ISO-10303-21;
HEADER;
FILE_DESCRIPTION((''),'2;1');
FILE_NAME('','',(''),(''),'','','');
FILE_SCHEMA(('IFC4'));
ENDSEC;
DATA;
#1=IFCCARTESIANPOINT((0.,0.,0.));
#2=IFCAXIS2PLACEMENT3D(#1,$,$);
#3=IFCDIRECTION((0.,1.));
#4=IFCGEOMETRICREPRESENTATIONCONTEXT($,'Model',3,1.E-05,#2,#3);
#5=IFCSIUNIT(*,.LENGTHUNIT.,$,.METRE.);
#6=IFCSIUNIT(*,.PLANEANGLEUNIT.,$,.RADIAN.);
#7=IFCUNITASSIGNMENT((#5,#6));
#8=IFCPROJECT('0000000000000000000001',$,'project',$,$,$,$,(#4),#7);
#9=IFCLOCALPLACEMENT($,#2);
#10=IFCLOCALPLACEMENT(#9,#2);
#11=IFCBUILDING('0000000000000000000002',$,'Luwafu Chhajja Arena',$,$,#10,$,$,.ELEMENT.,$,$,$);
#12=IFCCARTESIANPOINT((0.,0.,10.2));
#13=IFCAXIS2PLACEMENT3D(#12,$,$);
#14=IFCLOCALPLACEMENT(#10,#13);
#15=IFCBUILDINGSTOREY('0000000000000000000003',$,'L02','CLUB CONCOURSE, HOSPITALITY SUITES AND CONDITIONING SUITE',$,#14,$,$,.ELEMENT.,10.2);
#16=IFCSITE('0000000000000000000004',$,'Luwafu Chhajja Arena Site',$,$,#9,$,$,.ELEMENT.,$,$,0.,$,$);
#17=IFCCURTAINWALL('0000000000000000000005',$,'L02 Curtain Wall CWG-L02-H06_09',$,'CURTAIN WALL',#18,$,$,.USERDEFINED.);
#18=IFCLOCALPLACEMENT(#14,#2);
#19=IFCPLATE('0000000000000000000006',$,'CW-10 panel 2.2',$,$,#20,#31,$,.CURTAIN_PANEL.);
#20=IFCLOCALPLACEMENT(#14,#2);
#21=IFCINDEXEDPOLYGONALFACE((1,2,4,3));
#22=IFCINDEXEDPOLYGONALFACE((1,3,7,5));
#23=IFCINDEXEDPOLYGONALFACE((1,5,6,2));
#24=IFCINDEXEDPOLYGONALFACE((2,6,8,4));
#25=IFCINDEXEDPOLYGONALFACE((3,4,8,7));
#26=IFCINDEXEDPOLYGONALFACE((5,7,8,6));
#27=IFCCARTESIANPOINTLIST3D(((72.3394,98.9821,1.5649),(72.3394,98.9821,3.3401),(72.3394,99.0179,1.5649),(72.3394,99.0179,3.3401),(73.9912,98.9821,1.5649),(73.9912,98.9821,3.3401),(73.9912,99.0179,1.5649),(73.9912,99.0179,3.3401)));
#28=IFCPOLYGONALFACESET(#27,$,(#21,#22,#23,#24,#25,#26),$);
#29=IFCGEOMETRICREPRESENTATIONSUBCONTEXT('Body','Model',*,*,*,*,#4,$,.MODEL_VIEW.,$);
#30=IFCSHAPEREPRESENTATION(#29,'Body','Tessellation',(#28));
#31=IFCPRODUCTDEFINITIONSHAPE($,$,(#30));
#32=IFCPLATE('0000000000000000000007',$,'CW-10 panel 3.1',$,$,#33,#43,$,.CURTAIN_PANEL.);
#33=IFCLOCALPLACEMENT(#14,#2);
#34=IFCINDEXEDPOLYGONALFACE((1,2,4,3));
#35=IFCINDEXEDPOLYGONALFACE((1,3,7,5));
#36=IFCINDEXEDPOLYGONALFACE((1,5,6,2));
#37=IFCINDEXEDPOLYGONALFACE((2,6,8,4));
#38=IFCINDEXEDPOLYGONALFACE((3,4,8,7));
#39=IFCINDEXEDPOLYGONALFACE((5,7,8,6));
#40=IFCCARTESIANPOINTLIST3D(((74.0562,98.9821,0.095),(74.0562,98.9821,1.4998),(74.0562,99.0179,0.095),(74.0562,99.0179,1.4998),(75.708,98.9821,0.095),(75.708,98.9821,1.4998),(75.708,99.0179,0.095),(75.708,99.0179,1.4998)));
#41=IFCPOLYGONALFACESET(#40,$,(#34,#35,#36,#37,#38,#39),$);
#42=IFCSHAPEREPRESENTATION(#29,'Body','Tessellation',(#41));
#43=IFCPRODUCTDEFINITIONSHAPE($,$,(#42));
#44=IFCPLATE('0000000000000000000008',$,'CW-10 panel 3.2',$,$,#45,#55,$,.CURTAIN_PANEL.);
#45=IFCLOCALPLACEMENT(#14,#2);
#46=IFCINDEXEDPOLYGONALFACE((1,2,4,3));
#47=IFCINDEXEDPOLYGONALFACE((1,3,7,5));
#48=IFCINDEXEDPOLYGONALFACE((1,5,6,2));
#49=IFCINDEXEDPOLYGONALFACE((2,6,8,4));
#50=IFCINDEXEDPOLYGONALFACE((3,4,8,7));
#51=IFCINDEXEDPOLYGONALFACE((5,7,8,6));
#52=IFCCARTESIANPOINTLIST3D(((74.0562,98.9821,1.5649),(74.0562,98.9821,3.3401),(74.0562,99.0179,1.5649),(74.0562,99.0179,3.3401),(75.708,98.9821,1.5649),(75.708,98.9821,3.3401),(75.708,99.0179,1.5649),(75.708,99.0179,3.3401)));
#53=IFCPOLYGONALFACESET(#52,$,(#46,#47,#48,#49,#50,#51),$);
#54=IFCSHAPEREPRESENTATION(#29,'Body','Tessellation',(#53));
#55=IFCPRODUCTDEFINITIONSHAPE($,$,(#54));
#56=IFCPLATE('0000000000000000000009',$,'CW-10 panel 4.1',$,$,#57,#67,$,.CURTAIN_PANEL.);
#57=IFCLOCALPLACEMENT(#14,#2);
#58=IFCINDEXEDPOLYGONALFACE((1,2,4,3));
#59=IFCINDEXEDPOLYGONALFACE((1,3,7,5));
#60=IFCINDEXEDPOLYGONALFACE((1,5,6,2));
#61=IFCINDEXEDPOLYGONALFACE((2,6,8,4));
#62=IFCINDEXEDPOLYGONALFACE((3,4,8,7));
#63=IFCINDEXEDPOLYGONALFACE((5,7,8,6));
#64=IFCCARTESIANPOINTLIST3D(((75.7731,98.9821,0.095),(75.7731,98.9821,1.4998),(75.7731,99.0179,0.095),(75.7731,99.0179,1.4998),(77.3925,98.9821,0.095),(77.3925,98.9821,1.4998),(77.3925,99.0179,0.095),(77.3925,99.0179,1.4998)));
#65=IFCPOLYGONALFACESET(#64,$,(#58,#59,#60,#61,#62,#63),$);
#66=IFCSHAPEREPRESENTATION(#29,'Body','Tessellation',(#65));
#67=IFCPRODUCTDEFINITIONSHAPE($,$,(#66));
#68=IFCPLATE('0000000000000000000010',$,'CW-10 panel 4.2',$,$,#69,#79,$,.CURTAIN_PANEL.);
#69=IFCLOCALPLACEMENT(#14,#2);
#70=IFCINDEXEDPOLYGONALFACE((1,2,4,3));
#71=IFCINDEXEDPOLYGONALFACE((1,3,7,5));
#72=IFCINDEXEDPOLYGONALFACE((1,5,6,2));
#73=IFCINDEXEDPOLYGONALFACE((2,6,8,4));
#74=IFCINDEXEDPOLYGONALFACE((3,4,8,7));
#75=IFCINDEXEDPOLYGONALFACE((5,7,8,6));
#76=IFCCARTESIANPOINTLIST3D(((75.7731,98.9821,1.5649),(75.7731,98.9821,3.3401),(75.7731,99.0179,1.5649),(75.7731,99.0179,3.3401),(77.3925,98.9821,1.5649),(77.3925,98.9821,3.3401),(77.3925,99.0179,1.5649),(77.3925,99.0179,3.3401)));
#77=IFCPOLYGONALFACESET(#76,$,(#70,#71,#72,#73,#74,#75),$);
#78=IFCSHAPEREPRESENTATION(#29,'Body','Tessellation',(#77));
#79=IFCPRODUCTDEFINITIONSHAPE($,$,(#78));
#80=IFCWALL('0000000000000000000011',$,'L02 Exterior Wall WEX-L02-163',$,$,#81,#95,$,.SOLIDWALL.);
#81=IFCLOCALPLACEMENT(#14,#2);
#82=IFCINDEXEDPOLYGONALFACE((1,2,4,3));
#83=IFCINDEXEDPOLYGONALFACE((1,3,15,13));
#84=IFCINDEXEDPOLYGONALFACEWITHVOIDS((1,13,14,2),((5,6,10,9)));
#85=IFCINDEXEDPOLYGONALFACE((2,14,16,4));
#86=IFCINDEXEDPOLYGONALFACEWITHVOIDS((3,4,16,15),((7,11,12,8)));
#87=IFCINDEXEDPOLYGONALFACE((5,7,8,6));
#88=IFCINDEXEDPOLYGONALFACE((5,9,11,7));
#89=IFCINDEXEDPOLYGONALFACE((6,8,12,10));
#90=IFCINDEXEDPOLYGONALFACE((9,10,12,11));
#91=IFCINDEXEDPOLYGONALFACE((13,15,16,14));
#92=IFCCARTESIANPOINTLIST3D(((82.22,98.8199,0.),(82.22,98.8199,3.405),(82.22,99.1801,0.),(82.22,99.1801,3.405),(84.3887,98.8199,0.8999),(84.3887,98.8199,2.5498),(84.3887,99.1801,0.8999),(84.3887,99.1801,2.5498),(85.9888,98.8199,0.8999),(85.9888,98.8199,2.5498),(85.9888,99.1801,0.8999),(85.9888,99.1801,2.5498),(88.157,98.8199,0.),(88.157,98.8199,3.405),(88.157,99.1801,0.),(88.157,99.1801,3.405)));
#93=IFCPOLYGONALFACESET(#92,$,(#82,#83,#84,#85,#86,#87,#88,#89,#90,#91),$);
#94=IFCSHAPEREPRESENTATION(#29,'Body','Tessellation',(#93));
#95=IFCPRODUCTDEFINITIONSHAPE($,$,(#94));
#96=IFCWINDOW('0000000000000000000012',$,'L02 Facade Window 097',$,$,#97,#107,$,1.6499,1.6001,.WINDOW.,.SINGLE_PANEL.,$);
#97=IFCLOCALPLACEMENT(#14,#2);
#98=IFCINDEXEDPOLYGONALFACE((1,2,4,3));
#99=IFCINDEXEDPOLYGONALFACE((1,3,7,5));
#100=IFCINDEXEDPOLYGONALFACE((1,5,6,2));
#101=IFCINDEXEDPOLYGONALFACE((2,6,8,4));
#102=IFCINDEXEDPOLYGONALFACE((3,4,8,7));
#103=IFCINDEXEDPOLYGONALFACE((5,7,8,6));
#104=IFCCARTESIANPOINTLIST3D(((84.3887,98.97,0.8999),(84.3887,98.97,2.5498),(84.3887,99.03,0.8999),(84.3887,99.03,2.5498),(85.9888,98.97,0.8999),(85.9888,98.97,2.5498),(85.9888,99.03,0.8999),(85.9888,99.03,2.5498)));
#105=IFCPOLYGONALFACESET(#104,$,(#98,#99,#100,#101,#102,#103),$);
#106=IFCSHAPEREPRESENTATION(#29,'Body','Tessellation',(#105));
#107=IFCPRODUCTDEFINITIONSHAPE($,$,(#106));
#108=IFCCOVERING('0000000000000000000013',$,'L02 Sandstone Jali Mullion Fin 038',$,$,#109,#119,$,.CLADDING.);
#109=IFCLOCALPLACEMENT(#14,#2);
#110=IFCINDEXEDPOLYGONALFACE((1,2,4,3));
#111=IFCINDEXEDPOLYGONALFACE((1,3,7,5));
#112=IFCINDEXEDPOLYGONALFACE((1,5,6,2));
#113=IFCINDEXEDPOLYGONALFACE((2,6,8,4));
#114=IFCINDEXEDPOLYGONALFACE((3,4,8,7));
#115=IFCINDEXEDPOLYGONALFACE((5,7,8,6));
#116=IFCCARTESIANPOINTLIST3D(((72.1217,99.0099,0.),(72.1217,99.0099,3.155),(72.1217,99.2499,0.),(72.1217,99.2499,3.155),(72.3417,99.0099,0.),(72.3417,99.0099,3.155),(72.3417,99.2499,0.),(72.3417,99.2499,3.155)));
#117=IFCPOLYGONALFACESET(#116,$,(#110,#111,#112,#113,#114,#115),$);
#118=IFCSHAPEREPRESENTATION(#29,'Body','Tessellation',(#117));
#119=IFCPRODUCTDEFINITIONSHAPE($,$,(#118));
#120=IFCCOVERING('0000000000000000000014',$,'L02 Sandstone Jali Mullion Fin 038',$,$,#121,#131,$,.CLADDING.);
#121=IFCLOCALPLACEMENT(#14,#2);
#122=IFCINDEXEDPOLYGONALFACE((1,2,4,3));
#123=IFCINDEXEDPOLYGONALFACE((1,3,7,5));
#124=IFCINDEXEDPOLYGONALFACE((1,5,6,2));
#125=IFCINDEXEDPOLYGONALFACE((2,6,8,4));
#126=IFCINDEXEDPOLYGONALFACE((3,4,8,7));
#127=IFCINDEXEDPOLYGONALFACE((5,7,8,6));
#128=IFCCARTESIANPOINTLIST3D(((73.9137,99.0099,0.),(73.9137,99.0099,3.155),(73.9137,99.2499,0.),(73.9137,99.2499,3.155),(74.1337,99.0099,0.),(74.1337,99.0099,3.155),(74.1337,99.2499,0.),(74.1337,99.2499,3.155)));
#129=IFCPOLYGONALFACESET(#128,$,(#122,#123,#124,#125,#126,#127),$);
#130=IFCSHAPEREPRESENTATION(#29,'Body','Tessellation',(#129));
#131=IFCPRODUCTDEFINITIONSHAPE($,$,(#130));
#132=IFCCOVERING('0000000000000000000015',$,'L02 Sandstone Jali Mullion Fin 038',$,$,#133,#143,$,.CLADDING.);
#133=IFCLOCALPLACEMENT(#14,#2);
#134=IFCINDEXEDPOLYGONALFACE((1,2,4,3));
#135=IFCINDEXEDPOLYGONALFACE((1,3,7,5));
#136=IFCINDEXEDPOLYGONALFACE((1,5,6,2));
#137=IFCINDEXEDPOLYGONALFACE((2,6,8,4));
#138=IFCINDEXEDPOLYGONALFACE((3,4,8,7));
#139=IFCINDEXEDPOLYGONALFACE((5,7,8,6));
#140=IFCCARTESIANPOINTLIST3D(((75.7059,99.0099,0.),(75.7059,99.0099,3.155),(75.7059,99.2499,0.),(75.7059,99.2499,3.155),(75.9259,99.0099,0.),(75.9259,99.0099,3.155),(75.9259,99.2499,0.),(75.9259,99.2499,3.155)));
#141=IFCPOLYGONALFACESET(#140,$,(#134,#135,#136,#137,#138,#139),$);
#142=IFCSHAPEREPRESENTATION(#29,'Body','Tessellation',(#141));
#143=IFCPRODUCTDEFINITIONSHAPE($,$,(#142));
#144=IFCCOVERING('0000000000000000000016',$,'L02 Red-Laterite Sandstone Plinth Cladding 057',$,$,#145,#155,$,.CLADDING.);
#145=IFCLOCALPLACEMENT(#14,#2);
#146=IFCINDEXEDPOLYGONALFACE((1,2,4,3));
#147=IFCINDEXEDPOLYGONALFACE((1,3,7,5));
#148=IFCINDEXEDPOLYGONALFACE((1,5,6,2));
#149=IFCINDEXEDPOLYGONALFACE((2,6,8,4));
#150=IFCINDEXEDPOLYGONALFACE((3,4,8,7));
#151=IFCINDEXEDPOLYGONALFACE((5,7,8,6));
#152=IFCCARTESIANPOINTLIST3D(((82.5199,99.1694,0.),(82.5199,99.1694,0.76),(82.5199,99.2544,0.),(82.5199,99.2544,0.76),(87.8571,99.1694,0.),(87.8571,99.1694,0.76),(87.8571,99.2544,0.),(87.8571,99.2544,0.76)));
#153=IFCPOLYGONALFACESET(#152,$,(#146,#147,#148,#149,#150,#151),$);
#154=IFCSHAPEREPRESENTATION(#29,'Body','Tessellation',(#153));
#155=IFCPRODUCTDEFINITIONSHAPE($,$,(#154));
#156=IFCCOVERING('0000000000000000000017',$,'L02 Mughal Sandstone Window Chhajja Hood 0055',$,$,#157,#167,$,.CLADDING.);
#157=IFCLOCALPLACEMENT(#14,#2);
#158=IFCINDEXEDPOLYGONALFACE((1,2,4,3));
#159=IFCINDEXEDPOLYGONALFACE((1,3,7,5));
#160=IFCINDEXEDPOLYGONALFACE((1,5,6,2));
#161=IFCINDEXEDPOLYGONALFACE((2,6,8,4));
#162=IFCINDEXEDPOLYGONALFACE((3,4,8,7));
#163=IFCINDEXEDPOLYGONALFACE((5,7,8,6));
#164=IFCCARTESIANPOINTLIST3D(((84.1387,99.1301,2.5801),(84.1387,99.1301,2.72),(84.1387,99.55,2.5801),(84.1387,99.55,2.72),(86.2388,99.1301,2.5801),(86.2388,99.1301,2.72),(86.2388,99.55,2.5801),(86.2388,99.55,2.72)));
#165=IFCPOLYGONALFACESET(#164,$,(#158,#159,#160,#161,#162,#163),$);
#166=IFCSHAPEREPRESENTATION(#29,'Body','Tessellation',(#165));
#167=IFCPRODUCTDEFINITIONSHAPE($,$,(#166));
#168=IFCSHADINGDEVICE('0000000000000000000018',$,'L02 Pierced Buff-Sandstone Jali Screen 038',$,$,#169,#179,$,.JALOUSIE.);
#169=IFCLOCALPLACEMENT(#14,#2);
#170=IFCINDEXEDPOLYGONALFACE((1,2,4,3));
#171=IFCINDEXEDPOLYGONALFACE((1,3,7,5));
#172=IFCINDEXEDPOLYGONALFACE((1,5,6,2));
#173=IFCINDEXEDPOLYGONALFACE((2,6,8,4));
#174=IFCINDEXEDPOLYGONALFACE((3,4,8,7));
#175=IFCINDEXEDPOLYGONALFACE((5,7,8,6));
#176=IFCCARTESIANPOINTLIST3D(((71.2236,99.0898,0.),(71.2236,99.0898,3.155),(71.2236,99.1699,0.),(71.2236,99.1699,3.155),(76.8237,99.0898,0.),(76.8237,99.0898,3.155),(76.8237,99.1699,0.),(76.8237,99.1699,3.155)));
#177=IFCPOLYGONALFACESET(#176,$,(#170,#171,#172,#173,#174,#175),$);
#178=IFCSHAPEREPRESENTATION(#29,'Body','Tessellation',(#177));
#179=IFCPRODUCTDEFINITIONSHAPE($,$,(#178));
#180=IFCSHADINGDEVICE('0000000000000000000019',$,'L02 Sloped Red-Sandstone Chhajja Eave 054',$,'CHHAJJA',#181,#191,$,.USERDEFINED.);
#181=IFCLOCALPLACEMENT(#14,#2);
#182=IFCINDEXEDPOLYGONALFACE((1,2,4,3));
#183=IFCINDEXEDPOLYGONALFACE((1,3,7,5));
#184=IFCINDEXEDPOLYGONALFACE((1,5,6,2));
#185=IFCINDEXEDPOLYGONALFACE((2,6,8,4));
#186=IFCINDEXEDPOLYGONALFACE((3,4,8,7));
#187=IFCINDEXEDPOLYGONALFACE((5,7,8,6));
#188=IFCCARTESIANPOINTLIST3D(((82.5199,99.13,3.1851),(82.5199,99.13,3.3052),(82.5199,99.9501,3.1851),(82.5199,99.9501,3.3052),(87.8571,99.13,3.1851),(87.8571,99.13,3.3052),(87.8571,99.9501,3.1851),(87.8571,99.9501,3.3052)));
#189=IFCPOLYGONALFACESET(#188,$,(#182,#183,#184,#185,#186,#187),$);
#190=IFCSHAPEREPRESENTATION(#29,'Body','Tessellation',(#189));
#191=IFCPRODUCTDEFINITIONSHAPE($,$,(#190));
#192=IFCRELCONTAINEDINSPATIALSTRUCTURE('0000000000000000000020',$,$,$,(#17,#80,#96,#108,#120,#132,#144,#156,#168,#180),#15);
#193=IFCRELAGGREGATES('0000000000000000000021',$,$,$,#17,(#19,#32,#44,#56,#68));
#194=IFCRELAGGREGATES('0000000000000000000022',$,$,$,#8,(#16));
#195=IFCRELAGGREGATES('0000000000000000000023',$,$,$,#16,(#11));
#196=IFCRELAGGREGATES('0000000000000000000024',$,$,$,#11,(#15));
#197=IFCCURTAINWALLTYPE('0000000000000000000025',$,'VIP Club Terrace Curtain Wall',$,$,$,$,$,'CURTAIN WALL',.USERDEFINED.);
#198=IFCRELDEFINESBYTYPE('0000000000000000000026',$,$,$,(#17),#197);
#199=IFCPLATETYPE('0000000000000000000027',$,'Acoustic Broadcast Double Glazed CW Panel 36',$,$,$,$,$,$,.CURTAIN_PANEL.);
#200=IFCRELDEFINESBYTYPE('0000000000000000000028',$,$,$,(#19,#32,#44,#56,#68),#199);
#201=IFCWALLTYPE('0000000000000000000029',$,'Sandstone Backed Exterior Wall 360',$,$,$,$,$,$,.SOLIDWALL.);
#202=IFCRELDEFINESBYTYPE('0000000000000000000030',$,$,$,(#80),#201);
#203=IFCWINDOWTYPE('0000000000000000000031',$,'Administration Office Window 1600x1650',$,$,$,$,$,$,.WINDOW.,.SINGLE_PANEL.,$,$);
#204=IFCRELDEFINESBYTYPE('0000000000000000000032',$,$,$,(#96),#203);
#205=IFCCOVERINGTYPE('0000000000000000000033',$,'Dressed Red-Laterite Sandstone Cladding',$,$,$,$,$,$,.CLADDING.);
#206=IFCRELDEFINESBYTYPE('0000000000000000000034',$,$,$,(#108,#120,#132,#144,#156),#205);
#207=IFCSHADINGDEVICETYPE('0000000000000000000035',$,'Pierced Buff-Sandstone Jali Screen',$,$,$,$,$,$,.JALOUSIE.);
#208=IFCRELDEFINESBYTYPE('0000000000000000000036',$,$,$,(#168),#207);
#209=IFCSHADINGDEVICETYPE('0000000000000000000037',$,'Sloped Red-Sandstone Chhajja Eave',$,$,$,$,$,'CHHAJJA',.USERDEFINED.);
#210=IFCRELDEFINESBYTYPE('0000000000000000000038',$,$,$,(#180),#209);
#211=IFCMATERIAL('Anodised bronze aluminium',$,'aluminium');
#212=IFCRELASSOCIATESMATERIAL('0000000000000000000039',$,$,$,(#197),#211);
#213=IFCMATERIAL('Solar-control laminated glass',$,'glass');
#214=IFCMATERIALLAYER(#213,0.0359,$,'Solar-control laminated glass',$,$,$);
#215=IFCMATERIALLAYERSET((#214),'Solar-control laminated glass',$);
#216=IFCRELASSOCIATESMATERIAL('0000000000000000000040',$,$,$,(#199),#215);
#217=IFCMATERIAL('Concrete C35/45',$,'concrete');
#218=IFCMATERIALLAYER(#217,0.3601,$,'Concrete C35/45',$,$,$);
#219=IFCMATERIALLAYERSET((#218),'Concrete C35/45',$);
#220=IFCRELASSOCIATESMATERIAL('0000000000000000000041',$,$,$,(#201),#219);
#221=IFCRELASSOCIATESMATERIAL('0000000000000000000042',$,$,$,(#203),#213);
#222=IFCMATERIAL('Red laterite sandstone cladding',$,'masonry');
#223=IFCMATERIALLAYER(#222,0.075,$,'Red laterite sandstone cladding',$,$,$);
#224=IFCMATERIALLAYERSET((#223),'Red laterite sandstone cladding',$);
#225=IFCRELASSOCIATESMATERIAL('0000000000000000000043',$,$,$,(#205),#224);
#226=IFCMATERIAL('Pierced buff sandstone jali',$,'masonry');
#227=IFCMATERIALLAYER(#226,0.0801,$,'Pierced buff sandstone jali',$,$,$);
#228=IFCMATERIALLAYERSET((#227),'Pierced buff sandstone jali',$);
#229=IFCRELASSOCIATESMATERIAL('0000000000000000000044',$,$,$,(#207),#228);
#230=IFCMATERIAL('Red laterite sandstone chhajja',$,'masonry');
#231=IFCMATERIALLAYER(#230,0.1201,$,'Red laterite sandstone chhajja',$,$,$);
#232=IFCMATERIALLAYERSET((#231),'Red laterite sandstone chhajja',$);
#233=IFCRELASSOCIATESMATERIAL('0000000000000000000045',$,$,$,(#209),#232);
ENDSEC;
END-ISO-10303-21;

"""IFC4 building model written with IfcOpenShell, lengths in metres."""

from ifc_helpers import new_model, si_unit, direction, frame, frame_2d, origin, origin_2d, place, context, subcontext, project, spatial, rectangle, extrude, material, layer, layer_set, type_object, element, fill, aggregate, save


model = new_model("IFC4")

# Units and contexts
model_context = context("Model", 3, precision=1e-05, world=origin(), true_north=direction((0.0, 1.0)))
body_context = subcontext(model_context, "Body", "Model", "MODEL_VIEW")
ifc_project = project(units=[si_unit("LENGTHUNIT", "METRE"), si_unit("PLANEANGLEUNIT", "RADIAN")], contexts=[model_context])

# Site, building, storey
site_placement = place(None, origin())
site = spatial("IfcSite", under=ifc_project, at=site_placement, Name="Luwafu Chhajja Arena Site", CompositionType="ELEMENT", RefElevation=0.0)
building_placement = place(site_placement, origin())
building = spatial("IfcBuilding", under=site, at=building_placement, Name="Luwafu Chhajja Arena", CompositionType="ELEMENT")
storey_placement = place(building_placement, frame((0.0, 0.0, 10.2)))
storey = spatial("IfcBuildingStorey", under=building, at=storey_placement, Name="L02", Description="CLUB CONCOURSE, HOSPITALITY SUITES AND CONDITIONING SUITE", CompositionType="ELEMENT", Elevation=10.2)

# Curtain wall
ifc_material_1 = material(Name="Anodised bronze aluminium", Category="aluminium")
curtain_wall_type = type_object("IfcCurtainWallType", Name="VIP Club Terrace Curtain Wall", ElementType="CURTAIN WALL", PredefinedType="USERDEFINED", material=ifc_material_1)
curtain_wall_placement = place(storey_placement, origin())
curtain_wall = element("IfcCurtainWall", 1, at=curtain_wall_placement, inside=storey, type_object=curtain_wall_type, Name="L02 Curtain Wall CWG-L02-H06_09", ObjectType="CURTAIN WALL", PredefinedType="USERDEFINED")

# Plates
ifc_material_2 = material(Name="Solar-control laminated glass", Category="glass")
ifc_layer_1 = layer(ifc_material_2, 0.0359, Name="Solar-control laminated glass")
ifc_layer_set_1 = layer_set([ifc_layer_1], Name="Solar-control laminated glass")
plate_type = type_object("IfcPlateType", Name="Acoustic Broadcast Double Glazed CW Panel 36", PredefinedType="CURTAIN_PANEL", material=ifc_layer_set_1)
plate_1_placement = place(storey_placement, frame((73.1653, 99.0, 1.5649), z_axis=(0.0, 0.0, 1.0), x_axis=(1.0, 0.0, 0.0)))
plate_1 = element("IfcPlate", 2, at=plate_1_placement, type_object=plate_type, Name="CW-10 panel 2.2", PredefinedType="CURTAIN_PANEL", context=body_context, shape_type="SweptSolid", body=[
    extrude(rectangle(XDim=1.6519, YDim=0.0359, at=origin_2d()), origin(), (0.0, 0.0, 1.0), 1.7751),
])
plate_2_placement = place(storey_placement, frame((74.8821, 99.0, 0.095), z_axis=(0.0, 0.0, 1.0), x_axis=(1.0, 0.0, 0.0)))
plate_2 = element("IfcPlate", 3, at=plate_2_placement, type_object=plate_type, Name="CW-10 panel 3.1", PredefinedType="CURTAIN_PANEL", context=body_context, shape_type="SweptSolid", body=[
    extrude(rectangle(XDim=1.6519, YDim=0.0359, at=origin_2d()), origin(), (0.0, 0.0, 1.0), 1.4048),
])
plate_3_placement = place(storey_placement, frame((74.8821, 99.0, 1.5649), z_axis=(0.0, 0.0, 1.0), x_axis=(1.0, 0.0, 0.0)))
plate_3 = element("IfcPlate", 4, at=plate_3_placement, type_object=plate_type, Name="CW-10 panel 3.2", PredefinedType="CURTAIN_PANEL", context=body_context, shape_type="SweptSolid", body=[
    extrude(rectangle(XDim=1.6519, YDim=0.0359, at=origin_2d()), origin(), (0.0, 0.0, 1.0), 1.7751),
])
plate_4_placement = place(storey_placement, frame((76.5828, 99.0, 0.095), z_axis=(0.0, 0.0, 1.0), x_axis=(1.0, 0.0, 0.0)))
plate_4 = element("IfcPlate", 5, at=plate_4_placement, type_object=plate_type, Name="CW-10 panel 4.1", PredefinedType="CURTAIN_PANEL", context=body_context, shape_type="SweptSolid", body=[
    extrude(rectangle(XDim=1.6194, YDim=0.0359, at=origin_2d()), origin(), (0.0, 0.0, 1.0), 1.4048),
])
plate_5_placement = place(storey_placement, frame((76.5828, 99.0, 1.5649), z_axis=(0.0, 0.0, 1.0), x_axis=(1.0, 0.0, 0.0)))
plate_5 = element("IfcPlate", 6, at=plate_5_placement, type_object=plate_type, Name="CW-10 panel 4.2", PredefinedType="CURTAIN_PANEL", context=body_context, shape_type="SweptSolid", body=[
    extrude(rectangle(XDim=1.6194, YDim=0.0359, at=origin_2d()), origin(), (0.0, 0.0, 1.0), 1.7751),
])
aggregate(curtain_wall, [plate_1, plate_2, plate_3, plate_4, plate_5])

# Wall, opening, window
ifc_material_3 = material(Name="Concrete C35/45", Category="concrete")
ifc_layer_2 = layer(ifc_material_3, 0.3601, Name="Concrete C35/45")
ifc_layer_set_2 = layer_set([ifc_layer_2], Name="Concrete C35/45")
wall_type = type_object("IfcWallType", Name="Sandstone Backed Exterior Wall 360", PredefinedType="SOLIDWALL", material=ifc_layer_set_2)
wall_placement = place(storey_placement, frame((82.22, 99.0, 0.0), z_axis=(0.0, 0.0, 1.0), x_axis=(1.0, 0.0, 0.0)))
wall = element("IfcWall", 7, at=wall_placement, inside=storey, type_object=wall_type, Name="L02 Exterior Wall WEX-L02-163", PredefinedType="SOLIDWALL", context=body_context, shape_type="SweptSolid", body=[
    extrude(rectangle(XDim=5.937, YDim=0.3601, at=frame_2d((2.9685, 0.0))), origin(), (0.0, 0.0, 1.0), 3.405),
])
opening_placement = place(wall_placement, frame((2.1687, 0.0, 0.8999)))
opening = element("IfcOpeningElement", 8, at=opening_placement, cuts=wall, PredefinedType="OPENING", context=body_context, shape_type="SweptSolid", body=[
    extrude(rectangle(XDim=1.6001, YDim=1.6499, at=frame_2d((0.8, 0.825))), frame((0.0, 0.1899, 0.0), z_axis=(0.0, -1.0, 0.0), x_axis=(1.0, 0.0, 0.0)), (0.0, 0.0, 1.0), 0.3801),
])
window_type = type_object("IfcWindowType", Name="Administration Office Window 1600x1650", PartitioningType="SINGLE_PANEL", PredefinedType="WINDOW", material=ifc_material_2)
window_placement = place(opening_placement, origin())
window = element("IfcWindow", 9, at=window_placement, inside=storey, type_object=window_type, Name="L02 Facade Window 097", OverallHeight=1.6499, OverallWidth=1.6001, PartitioningType="SINGLE_PANEL", PredefinedType="WINDOW", context=body_context, shape_type="SweptSolid", body=[
    extrude(rectangle(XDim=1.6001, YDim=1.6499, at=frame_2d((0.8, 0.825))), frame((0.0, 0.03, 0.0), z_axis=(0.0, -1.0, 0.0), x_axis=(1.0, 0.0, 0.0)), (0.0, 0.0, 1.0), 0.0601),
])
fill(opening, window)

# Coverings
ifc_material_4 = material(Name="Red laterite sandstone cladding", Category="masonry")
ifc_layer_3 = layer(ifc_material_4, 0.075, Name="Red laterite sandstone cladding")
ifc_layer_set_3 = layer_set([ifc_layer_3], Name="Red laterite sandstone cladding")
covering_type = type_object("IfcCoveringType", Name="Dressed Red-Laterite Sandstone Cladding", PredefinedType="CLADDING", material=ifc_layer_set_3)
for number, where, z_axis, x_axis, name in (
    (10, (72.2317, 99.1299, 0.0), (0.0, 0.0, 1.0), (1.0, 0.0, 0.0), "L02 Sandstone Jali Mullion Fin 038"),
    (11, (74.0237, 99.1299, 0.0), (0.0, 0.0, 1.0), (1.0, 0.0, 0.0), "L02 Sandstone Jali Mullion Fin 038"),
    (12, (75.8159, 99.1299, 0.0), (0.0, 0.0, 1.0), (1.0, 0.0, 0.0), "L02 Sandstone Jali Mullion Fin 038"),
):
    element("IfcCovering", number, at=place(storey_placement, frame(where, z_axis=z_axis, x_axis=x_axis)), inside=storey, type_object=covering_type, Name=name, PredefinedType="CLADDING", context=body_context, shape_type="SweptSolid", body=[
        extrude(rectangle(XDim=0.22, YDim=0.24, at=origin_2d()), origin(), (0.0, 0.0, 1.0), 3.155),
    ])
covering_1_placement = place(storey_placement, frame((85.1885, 99.2119, 0.0), z_axis=(0.0, 0.0, 1.0), x_axis=(1.0, 0.0, 0.0)))
element("IfcCovering", 13, at=covering_1_placement, inside=storey, type_object=covering_type, Name="L02 Red-Laterite Sandstone Plinth Cladding 057", PredefinedType="CLADDING", context=body_context, shape_type="SweptSolid", body=[
    extrude(rectangle(XDim=5.3372, YDim=0.085, at=origin_2d()), origin(), (0.0, 0.0, 1.0), 0.76),
])
covering_2_placement = place(storey_placement, frame((85.1887, 99.3401, 2.5801), z_axis=(0.0, 0.0, 1.0), x_axis=(1.0, 0.0, 0.0)))
element("IfcCovering", 14, at=covering_2_placement, inside=storey, type_object=covering_type, Name="L02 Mughal Sandstone Window Chhajja Hood 0055", PredefinedType="CLADDING", context=body_context, shape_type="SweptSolid", body=[
    extrude(rectangle(XDim=2.1001, YDim=0.4199, at=origin_2d()), origin(), (0.0, 0.0, 1.0), 0.1399),
])

# Shading devices
ifc_material_5 = material(Name="Pierced buff sandstone jali", Category="masonry")
ifc_layer_4 = layer(ifc_material_5, 0.0801, Name="Pierced buff sandstone jali")
ifc_layer_set_4 = layer_set([ifc_layer_4], Name="Pierced buff sandstone jali")
shading_device_type_1 = type_object("IfcShadingDeviceType", Name="Pierced Buff-Sandstone Jali Screen", PredefinedType="JALOUSIE", material=ifc_layer_set_4)
shading_device_1_placement = place(storey_placement, frame((74.0237, 99.1299, 0.0), z_axis=(0.0, 0.0, 1.0), x_axis=(1.0, 0.0, 0.0)))
element("IfcShadingDevice", 15, at=shading_device_1_placement, inside=storey, type_object=shading_device_type_1, Name="L02 Pierced Buff-Sandstone Jali Screen 038", PredefinedType="JALOUSIE", context=body_context, shape_type="SweptSolid", body=[
    extrude(rectangle(XDim=5.6001, YDim=0.0801, at=origin_2d()), origin(), (0.0, 0.0, 1.0), 3.155),
])
ifc_material_6 = material(Name="Red laterite sandstone chhajja", Category="masonry")
ifc_layer_5 = layer(ifc_material_6, 0.1201, Name="Red laterite sandstone chhajja")
ifc_layer_set_5 = layer_set([ifc_layer_5], Name="Red laterite sandstone chhajja")
shading_device_type_2 = type_object("IfcShadingDeviceType", Name="Sloped Red-Sandstone Chhajja Eave", ElementType="CHHAJJA", PredefinedType="USERDEFINED", material=ifc_layer_set_5)
shading_device_2_placement = place(storey_placement, frame((85.1885, 99.54, 3.1851), z_axis=(0.0, 0.0, 1.0), x_axis=(1.0, 0.0, 0.0)))
element("IfcShadingDevice", 16, at=shading_device_2_placement, inside=storey, type_object=shading_device_type_2, Name="L02 Sloped Red-Sandstone Chhajja Eave 054", ObjectType="CHHAJJA", PredefinedType="USERDEFINED", context=body_context, shape_type="SweptSolid", body=[
    extrude(rectangle(XDim=5.3372, YDim=0.8201, at=origin_2d()), origin(), (0.0, 0.0, 1.0), 0.1201),
])

save(model, "model.ifc")
